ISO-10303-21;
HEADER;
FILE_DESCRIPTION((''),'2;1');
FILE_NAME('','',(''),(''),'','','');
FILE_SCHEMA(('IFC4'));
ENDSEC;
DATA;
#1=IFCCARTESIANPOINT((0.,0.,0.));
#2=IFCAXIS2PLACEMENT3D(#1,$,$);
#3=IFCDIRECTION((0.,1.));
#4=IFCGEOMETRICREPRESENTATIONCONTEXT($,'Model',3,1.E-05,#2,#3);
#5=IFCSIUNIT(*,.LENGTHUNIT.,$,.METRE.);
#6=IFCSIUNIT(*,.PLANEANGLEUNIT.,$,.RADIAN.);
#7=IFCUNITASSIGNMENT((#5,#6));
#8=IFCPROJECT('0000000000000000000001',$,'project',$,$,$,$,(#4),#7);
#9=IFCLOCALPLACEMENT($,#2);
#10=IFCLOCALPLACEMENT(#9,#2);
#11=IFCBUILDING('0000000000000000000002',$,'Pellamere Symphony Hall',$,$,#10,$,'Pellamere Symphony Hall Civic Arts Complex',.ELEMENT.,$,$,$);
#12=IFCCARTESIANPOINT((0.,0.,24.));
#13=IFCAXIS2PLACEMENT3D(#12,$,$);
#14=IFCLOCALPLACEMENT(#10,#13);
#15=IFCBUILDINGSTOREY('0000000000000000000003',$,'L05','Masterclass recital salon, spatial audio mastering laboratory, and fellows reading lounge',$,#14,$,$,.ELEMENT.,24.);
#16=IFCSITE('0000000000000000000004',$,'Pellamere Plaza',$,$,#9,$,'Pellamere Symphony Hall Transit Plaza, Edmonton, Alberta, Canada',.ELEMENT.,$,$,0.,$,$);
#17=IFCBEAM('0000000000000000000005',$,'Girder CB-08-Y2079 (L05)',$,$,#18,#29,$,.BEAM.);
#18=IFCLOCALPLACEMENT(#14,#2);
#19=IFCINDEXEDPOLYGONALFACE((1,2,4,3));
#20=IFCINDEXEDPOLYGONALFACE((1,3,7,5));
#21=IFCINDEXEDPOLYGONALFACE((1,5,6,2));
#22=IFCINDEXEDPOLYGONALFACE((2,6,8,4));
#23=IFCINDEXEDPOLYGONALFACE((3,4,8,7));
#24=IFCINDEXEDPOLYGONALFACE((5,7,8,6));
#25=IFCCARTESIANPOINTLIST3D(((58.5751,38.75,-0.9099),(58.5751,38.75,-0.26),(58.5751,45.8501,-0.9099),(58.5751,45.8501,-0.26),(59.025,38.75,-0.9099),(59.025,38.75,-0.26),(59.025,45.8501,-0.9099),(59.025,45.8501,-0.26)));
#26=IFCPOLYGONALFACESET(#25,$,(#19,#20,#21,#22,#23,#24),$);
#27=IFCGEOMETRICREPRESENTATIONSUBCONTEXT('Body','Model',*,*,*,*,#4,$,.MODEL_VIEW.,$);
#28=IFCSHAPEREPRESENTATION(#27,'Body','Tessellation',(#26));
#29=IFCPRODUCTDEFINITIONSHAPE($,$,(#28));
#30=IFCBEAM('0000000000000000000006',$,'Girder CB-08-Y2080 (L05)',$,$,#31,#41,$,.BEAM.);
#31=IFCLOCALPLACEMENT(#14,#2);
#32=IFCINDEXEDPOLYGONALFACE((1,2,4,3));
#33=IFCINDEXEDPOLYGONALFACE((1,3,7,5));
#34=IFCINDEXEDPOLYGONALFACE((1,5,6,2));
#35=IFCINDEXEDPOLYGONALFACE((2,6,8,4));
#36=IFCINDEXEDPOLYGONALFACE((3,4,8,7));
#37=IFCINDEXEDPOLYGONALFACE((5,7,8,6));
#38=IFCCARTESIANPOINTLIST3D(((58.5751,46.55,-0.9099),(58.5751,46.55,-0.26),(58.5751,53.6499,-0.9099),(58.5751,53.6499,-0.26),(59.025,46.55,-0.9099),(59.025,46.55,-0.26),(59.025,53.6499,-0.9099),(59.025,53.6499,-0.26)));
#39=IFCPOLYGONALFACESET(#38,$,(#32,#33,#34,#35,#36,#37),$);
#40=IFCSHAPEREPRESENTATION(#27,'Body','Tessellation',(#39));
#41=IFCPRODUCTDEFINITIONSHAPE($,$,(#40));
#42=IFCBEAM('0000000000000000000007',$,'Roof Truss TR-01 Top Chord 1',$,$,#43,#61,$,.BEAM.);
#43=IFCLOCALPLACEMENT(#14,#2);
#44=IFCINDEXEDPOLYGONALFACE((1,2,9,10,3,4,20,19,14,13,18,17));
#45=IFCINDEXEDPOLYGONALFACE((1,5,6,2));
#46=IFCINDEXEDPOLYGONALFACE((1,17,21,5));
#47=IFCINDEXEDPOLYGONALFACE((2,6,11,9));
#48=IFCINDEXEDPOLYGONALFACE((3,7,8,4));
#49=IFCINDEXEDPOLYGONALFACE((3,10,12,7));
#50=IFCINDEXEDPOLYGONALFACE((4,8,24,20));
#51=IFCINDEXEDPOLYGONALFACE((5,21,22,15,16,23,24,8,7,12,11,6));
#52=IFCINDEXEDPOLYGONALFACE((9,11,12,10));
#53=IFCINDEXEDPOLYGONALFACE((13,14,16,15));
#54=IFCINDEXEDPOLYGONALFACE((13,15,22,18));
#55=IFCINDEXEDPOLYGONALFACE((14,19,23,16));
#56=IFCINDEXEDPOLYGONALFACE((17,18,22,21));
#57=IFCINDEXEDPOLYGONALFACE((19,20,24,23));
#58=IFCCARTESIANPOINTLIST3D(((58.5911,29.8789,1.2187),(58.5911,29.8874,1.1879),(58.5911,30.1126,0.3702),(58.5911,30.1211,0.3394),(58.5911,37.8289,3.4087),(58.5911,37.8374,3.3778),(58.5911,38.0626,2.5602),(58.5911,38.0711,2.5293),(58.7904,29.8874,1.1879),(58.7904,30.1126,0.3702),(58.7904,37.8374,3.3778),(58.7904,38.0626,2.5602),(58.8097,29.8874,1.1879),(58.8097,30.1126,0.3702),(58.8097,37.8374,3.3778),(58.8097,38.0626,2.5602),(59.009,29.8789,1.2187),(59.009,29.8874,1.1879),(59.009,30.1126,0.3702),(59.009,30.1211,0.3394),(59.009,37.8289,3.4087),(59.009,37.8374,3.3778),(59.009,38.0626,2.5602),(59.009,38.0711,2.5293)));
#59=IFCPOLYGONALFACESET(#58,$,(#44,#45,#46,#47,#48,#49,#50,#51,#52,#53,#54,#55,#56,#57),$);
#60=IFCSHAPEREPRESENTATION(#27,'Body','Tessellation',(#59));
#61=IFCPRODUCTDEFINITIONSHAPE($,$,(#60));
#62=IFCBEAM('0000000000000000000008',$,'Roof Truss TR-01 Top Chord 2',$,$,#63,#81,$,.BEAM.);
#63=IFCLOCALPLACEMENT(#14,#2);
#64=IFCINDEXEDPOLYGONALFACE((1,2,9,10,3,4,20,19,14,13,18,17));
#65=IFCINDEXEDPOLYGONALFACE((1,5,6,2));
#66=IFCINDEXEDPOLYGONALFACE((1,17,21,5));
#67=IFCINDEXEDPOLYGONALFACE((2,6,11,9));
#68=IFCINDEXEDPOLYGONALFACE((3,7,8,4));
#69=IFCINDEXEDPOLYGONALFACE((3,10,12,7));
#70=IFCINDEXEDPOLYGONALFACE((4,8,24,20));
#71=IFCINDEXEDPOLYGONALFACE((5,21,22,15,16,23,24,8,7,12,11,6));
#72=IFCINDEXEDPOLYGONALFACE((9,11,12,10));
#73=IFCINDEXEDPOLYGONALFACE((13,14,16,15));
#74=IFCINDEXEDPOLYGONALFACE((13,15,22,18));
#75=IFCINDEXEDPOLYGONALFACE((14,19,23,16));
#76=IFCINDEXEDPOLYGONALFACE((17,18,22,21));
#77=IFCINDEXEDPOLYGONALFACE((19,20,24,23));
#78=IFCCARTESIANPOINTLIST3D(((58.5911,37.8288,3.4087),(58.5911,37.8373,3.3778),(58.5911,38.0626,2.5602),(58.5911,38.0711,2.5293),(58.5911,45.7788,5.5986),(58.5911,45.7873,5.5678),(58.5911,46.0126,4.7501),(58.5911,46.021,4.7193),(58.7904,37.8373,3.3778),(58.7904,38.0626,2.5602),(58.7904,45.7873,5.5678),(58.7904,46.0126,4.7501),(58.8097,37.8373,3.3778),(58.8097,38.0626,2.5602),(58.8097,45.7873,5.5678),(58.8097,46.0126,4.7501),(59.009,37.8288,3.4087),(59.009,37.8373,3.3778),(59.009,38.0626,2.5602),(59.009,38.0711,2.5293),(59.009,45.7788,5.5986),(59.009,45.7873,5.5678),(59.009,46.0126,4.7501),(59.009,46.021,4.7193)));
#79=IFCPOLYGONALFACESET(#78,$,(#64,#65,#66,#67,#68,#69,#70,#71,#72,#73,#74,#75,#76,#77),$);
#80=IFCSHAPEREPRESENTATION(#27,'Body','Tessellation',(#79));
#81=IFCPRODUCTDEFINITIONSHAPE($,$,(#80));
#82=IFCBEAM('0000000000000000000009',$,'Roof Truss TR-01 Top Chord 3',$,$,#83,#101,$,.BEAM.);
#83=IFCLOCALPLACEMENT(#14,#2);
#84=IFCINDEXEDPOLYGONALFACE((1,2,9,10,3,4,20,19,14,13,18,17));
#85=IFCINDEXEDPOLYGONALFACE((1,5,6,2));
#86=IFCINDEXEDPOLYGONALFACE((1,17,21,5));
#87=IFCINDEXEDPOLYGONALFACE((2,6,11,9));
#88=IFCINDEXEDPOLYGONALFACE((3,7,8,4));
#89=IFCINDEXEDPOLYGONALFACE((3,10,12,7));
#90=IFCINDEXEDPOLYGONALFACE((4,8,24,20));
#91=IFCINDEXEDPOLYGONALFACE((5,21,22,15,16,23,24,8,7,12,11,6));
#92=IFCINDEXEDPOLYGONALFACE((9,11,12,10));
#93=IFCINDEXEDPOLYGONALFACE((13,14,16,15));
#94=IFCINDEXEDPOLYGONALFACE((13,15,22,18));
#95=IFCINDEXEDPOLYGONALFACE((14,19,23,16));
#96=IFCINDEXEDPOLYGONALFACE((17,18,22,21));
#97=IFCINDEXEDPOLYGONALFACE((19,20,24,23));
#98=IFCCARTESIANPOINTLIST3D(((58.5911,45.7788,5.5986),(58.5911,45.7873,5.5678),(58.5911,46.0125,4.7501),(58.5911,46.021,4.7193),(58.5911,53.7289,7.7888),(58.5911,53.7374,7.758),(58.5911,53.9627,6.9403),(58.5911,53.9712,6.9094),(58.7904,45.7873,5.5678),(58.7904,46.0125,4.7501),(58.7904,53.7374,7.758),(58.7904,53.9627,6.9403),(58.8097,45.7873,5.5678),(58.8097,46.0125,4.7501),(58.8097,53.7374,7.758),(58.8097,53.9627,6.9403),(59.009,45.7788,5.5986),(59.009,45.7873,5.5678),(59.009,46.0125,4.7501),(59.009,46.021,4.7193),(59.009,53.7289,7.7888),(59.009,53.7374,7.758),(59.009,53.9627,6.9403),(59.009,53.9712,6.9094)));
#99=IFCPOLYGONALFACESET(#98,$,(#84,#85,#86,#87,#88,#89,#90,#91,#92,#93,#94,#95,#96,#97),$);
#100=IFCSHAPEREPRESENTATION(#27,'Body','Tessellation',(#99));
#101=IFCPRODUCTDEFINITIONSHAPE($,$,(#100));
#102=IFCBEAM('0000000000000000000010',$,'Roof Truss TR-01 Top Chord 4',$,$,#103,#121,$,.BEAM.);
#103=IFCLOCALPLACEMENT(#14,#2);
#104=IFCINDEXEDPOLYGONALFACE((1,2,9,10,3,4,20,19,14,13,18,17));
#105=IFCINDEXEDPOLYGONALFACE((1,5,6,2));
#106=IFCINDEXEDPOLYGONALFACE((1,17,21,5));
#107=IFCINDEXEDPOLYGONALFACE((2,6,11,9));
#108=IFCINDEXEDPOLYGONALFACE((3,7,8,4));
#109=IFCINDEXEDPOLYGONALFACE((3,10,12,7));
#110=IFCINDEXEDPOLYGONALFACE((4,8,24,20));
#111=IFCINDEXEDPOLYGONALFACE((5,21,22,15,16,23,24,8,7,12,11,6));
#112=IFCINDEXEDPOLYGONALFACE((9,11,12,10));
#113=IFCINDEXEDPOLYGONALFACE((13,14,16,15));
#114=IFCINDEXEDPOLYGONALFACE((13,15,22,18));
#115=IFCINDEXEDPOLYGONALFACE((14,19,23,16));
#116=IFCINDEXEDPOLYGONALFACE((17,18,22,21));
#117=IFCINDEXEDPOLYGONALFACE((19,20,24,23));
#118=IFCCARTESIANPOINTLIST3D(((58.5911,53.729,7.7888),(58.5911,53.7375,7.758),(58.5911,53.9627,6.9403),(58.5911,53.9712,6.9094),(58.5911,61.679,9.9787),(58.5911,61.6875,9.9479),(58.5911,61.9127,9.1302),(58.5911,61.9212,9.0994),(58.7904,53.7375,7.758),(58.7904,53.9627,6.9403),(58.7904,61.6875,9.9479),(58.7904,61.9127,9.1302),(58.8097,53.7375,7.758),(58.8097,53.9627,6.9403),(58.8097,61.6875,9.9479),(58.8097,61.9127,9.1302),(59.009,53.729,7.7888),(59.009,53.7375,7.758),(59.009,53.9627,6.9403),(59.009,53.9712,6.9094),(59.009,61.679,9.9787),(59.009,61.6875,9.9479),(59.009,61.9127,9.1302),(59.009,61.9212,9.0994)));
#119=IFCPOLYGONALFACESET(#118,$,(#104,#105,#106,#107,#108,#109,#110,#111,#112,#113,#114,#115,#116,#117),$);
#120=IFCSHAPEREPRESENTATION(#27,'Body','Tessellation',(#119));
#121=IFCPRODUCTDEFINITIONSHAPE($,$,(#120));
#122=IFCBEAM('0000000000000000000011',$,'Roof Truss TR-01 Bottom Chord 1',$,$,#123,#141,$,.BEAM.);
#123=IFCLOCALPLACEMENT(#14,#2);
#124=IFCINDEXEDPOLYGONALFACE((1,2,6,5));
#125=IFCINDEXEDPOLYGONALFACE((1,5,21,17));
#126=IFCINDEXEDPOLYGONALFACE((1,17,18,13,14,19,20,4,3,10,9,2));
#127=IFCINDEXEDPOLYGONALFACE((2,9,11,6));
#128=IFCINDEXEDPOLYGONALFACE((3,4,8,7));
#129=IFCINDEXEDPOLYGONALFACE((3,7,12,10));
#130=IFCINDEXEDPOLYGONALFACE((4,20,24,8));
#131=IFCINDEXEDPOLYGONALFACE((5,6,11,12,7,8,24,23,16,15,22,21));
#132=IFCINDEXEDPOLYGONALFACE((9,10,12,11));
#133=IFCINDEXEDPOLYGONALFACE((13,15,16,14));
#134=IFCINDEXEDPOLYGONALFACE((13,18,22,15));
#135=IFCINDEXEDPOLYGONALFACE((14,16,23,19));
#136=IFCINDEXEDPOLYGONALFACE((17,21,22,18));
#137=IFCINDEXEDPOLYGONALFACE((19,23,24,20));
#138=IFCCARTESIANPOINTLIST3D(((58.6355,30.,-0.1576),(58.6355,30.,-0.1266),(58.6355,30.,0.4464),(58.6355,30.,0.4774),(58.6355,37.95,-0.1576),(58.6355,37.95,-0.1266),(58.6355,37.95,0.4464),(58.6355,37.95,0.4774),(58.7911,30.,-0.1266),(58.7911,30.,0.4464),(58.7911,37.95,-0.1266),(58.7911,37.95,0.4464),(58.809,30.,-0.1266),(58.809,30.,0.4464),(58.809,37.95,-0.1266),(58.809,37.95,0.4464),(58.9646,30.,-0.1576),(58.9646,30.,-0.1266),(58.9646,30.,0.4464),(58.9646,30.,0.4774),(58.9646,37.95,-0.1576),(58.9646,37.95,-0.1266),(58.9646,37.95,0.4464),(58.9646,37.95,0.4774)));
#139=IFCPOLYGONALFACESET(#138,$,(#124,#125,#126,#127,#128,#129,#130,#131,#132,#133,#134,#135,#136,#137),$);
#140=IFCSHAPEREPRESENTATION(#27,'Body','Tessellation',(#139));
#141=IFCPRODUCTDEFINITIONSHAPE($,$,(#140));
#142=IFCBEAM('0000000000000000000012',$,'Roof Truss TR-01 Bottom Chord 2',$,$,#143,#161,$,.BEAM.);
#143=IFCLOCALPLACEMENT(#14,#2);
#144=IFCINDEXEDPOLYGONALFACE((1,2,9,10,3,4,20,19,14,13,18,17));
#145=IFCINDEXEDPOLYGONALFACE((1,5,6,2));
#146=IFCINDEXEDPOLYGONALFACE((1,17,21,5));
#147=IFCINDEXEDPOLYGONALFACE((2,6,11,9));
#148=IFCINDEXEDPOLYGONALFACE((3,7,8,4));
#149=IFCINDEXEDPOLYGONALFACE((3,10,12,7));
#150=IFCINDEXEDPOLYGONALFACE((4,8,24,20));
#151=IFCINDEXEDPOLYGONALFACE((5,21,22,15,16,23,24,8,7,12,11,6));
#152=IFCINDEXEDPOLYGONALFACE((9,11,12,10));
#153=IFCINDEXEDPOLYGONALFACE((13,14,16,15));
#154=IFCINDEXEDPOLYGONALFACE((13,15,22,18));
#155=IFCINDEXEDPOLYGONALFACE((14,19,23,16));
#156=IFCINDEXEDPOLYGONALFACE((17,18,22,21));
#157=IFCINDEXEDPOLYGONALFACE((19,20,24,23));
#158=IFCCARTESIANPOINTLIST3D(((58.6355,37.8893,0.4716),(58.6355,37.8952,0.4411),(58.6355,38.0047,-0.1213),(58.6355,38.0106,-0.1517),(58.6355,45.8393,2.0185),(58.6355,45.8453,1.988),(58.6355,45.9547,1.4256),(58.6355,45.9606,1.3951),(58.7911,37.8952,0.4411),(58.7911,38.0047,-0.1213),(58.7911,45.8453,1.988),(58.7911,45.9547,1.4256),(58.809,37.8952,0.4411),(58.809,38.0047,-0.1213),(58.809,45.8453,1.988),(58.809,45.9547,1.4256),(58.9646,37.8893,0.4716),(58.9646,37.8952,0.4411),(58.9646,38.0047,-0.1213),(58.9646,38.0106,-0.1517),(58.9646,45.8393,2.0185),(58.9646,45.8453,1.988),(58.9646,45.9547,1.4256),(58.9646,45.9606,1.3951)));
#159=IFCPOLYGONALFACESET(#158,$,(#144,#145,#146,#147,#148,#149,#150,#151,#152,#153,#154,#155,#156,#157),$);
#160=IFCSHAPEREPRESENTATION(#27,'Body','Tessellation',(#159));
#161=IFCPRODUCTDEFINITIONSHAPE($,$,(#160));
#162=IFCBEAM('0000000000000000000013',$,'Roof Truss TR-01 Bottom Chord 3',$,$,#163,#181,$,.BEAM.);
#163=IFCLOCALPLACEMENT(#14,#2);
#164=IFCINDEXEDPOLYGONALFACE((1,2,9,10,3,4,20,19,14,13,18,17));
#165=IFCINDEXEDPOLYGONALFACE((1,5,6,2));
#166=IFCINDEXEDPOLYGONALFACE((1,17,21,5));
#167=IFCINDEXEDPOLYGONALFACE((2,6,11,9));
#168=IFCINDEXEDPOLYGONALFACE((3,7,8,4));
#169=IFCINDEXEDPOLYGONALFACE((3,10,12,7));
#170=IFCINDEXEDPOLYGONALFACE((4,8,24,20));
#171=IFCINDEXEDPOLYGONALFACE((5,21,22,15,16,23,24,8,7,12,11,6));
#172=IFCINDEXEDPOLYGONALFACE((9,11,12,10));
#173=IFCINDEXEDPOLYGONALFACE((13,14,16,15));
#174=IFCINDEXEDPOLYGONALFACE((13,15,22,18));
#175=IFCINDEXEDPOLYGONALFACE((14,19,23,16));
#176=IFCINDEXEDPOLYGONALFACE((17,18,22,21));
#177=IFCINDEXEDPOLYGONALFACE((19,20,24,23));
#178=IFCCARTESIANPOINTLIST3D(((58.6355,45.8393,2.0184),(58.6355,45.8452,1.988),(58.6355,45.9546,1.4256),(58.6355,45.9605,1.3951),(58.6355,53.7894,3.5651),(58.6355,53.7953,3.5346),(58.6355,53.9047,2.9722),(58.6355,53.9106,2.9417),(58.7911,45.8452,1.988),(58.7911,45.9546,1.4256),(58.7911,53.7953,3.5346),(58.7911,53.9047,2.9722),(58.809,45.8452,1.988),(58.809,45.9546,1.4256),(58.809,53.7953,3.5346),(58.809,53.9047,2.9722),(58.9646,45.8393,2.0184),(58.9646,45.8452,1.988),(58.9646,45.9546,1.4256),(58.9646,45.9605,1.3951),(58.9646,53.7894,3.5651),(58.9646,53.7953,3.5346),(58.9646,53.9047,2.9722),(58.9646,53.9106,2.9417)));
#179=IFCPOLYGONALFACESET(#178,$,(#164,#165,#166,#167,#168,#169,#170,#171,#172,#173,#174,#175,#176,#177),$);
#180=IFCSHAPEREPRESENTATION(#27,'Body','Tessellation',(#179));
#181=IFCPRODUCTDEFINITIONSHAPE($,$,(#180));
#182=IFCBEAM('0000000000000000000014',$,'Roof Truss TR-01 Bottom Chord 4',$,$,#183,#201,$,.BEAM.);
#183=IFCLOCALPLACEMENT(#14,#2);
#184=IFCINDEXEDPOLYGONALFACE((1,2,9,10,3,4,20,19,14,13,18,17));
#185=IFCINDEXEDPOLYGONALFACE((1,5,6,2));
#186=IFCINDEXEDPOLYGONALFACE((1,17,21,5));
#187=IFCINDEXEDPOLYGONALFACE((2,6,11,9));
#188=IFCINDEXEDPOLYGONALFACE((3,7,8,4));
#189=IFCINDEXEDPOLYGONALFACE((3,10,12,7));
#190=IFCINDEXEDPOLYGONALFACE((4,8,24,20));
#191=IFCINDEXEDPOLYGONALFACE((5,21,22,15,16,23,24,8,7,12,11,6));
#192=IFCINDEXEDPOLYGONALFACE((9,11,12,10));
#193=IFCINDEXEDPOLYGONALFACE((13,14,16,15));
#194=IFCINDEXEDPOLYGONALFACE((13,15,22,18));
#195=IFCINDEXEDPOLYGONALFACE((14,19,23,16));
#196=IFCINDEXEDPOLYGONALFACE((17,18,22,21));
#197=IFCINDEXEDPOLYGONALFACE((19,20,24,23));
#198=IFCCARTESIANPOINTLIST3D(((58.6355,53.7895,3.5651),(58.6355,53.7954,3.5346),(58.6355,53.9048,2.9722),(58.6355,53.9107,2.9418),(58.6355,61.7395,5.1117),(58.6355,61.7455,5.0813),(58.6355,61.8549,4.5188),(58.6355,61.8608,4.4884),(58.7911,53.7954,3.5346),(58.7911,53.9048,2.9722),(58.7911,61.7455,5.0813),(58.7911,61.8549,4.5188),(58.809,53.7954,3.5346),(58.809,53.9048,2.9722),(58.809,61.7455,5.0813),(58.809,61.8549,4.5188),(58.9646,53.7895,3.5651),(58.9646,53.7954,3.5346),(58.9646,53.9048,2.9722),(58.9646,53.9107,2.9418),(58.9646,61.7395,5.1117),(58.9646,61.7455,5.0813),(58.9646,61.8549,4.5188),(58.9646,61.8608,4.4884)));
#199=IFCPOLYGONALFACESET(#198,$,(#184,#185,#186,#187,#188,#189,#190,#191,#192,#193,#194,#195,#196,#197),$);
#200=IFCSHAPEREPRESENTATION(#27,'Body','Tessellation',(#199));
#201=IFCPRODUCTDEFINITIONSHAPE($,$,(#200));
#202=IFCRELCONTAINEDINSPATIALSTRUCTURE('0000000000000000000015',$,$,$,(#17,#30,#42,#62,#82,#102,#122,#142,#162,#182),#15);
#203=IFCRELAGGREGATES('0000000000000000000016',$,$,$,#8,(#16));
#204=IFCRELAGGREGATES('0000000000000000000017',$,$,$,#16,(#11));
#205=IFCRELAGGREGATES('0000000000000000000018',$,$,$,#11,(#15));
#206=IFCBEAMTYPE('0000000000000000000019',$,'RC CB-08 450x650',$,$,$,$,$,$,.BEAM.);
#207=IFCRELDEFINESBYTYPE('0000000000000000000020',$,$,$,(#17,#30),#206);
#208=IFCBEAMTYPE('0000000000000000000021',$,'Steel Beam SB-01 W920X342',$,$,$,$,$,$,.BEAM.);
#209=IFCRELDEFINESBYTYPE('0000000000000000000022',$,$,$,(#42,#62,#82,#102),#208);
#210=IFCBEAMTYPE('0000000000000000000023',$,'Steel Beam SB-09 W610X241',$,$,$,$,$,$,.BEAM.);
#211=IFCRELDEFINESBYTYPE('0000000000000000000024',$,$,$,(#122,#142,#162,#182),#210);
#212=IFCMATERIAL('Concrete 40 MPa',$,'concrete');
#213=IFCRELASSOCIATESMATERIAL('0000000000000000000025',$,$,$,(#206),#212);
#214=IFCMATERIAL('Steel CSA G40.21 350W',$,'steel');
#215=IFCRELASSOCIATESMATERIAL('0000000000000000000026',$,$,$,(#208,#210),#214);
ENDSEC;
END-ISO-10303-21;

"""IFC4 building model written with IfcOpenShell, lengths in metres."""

from ifc_helpers import new_model, si_unit, direction, frame, origin, origin_2d, place, context, subcontext, project, spatial, rectangle, i_section, extrude, material, material_profile, profile_set, type_object, element, save


model = new_model("IFC4")

# Units and contexts
model_context = context("Model", 3, precision=1e-05, world=origin(), true_north=direction((0.0, 1.0)))
body_context = subcontext(model_context, "Body", "Model", "MODEL_VIEW")
ifc_project = project(units=[si_unit("LENGTHUNIT", "METRE"), si_unit("PLANEANGLEUNIT", "RADIAN")], contexts=[model_context])

# Site, building, storey
site_placement = place(None, origin())
site = spatial("IfcSite", under=ifc_project, at=site_placement, Name="Pellamere Plaza", LongName="Pellamere Symphony Hall Transit Plaza, Edmonton, Alberta, Canada", CompositionType="ELEMENT", RefElevation=0.0)
building_placement = place(site_placement, origin())
building = spatial("IfcBuilding", under=site, at=building_placement, Name="Pellamere Symphony Hall", LongName="Pellamere Symphony Hall Civic Arts Complex", CompositionType="ELEMENT")
storey_placement = place(building_placement, frame((0.0, 0.0, 24.0)))
storey = spatial("IfcBuildingStorey", under=building, at=storey_placement, Name="L05", Description="Masterclass recital salon, spatial audio mastering laboratory, and fellows reading lounge", CompositionType="ELEMENT", Elevation=24.0)

# Beams
ifc_material_1 = material(Name="Concrete 40 MPa", Category="concrete")
ifc_material_profile_1 = material_profile(ifc_material_1, rectangle(XDim=0.45, YDim=0.6499, at=origin_2d()), Name="RC 450x650")
ifc_profile_set_1 = profile_set([ifc_material_profile_1], Name="Concrete 40 MPa")
beam_type_1 = type_object("IfcBeamType", Name="RC CB-08 450x650", PredefinedType="BEAM", material=ifc_profile_set_1)
beam_1_placement = place(storey_placement, frame((58.8, 38.75, -0.585), z_axis=(0.0, 1.0, 0.0), x_axis=(-1.0, 0.0, 0.0)))
element("IfcBeam", 1, at=beam_1_placement, inside=storey, type_object=beam_type_1, Name="Girder CB-08-Y2079 (L05)", PredefinedType="BEAM", context=body_context, shape_type="SweptSolid", body=[
    extrude(rectangle(XDim=0.45, YDim=0.6499, at=origin_2d()), origin(), (0.0, 0.0, 1.0), 7.1001),
])
beam_2_placement = place(storey_placement, frame((58.8, 46.55, -0.585), z_axis=(0.0, 1.0, 0.0), x_axis=(-1.0, 0.0, 0.0)))
element("IfcBeam", 2, at=beam_2_placement, inside=storey, type_object=beam_type_1, Name="Girder CB-08-Y2080 (L05)", PredefinedType="BEAM", context=body_context, shape_type="SweptSolid", body=[
    extrude(rectangle(XDim=0.45, YDim=0.6499, at=origin_2d()), origin(), (0.0, 0.0, 1.0), 7.0999),
])
ifc_material_2 = material(Name="Steel CSA G40.21 350W", Category="steel")
ifc_material_profile_2 = material_profile(ifc_material_2, i_section(OverallWidth=0.418, OverallDepth=0.9121, WebThickness=0.0193, FlangeThickness=0.032, at=origin_2d()), Name="W920X342")
ifc_profile_set_2 = profile_set([ifc_material_profile_2], Name="Steel CSA G40.21 350W")
beam_type_2 = type_object("IfcBeamType", Name="Steel Beam SB-01 W920X342", PredefinedType="BEAM", material=ifc_profile_set_2)
for number, where, z_axis, x_axis, name in (
    (3, (58.8, 30.0, 0.7791), (0.0, 0.96409, 0.265574), (-1.0, 0.0, 0.0), "Roof Truss TR-01 Top Chord 1"),
    (4, (58.8, 37.95, 2.969), (0.0, 0.96409, 0.265574), (-1.0, 0.0, 0.0), "Roof Truss TR-01 Top Chord 2"),
):
    element("IfcBeam", number, at=place(storey_placement, frame(where, z_axis=z_axis, x_axis=x_axis)), inside=storey, type_object=beam_type_2, Name=name, PredefinedType="BEAM", context=body_context, shape_type="SweptSolid", body=[
        extrude(i_section(OverallWidth=0.418, OverallDepth=0.9121, WebThickness=0.0193, FlangeThickness=0.032, at=origin_2d()), origin(), (0.0, 0.0, 1.0), 8.2461),
    ])
beam_3_placement = place(storey_placement, frame((58.8, 45.8999, 5.1589), z_axis=(0.0, 0.964085, 0.265594), x_axis=(-1.0, 0.0, 0.0)))
element("IfcBeam", 5, at=beam_3_placement, inside=storey, type_object=beam_type_2, Name="Roof Truss TR-01 Top Chord 3", PredefinedType="BEAM", context=body_context, shape_type="SweptSolid", body=[
    extrude(i_section(OverallWidth=0.418, OverallDepth=0.9121, WebThickness=0.0193, FlangeThickness=0.032, at=origin_2d()), origin(), (0.0, 0.0, 1.0), 8.2463),
])
beam_4_placement = place(storey_placement, frame((58.8, 53.8501, 7.3491), z_axis=(0.0, 0.96409, 0.265574), x_axis=(-1.0, 0.0, 0.0)))
element("IfcBeam", 6, at=beam_4_placement, inside=storey, type_object=beam_type_2, Name="Roof Truss TR-01 Top Chord 4", PredefinedType="BEAM", context=body_context, shape_type="SweptSolid", body=[
    extrude(i_section(OverallWidth=0.418, OverallDepth=0.9121, WebThickness=0.0193, FlangeThickness=0.032, at=origin_2d()), origin(), (0.0, 0.0, 1.0), 8.2461),
])
ifc_material_profile_3 = material_profile(ifc_material_2, i_section(OverallWidth=0.3291, OverallDepth=0.635, WebThickness=0.0178, FlangeThickness=0.031, at=origin_2d()), Name="W610X241")
ifc_profile_set_3 = profile_set([ifc_material_profile_3], Name="Steel CSA G40.21 350W")
beam_type_3 = type_object("IfcBeamType", Name="Steel Beam SB-09 W610X241", PredefinedType="BEAM", material=ifc_profile_set_3)
beam_5_placement = place(storey_placement, frame((58.8, 30.0, 0.1599), z_axis=(0.0, 1.0, 0.0), x_axis=(-1.0, 0.0, 0.0)))
element("IfcBeam", 7, at=beam_5_placement, inside=storey, type_object=beam_type_3, Name="Roof Truss TR-01 Bottom Chord 1", PredefinedType="BEAM", context=body_context, shape_type="SweptSolid", body=[
    extrude(i_section(OverallWidth=0.3291, OverallDepth=0.635, WebThickness=0.0178, FlangeThickness=0.031, at=origin_2d()), origin(), (0.0, 0.0, 1.0), 7.95),
])
for number, where, z_axis, x_axis, name in (
    (8, (58.8, 37.95, 0.1599), (0.0, 0.981591, 0.190995), (-1.0, 0.0, 0.0), "Roof Truss TR-01 Bottom Chord 2"),
    (9, (58.8, 45.8999, 1.7068), (0.0, 0.981598, 0.19096), (-1.0, 0.0, 0.0), "Roof Truss TR-01 Bottom Chord 3"),
    (10, (58.8, 53.8501, 3.2534), (0.0, 0.981597, 0.190966), (-1.0, 0.0, 0.0), "Roof Truss TR-01 Bottom Chord 4"),
):
    element("IfcBeam", number, at=place(storey_placement, frame(where, z_axis=z_axis, x_axis=x_axis)), inside=storey, type_object=beam_type_3, Name=name, PredefinedType="BEAM", context=body_context, shape_type="SweptSolid", body=[
        extrude(i_section(OverallWidth=0.3291, OverallDepth=0.635, WebThickness=0.0178, FlangeThickness=0.031, at=origin_2d()), origin(), (0.0, 0.0, 1.0), 8.0991),
    ])

save(model, "model.ifc")
